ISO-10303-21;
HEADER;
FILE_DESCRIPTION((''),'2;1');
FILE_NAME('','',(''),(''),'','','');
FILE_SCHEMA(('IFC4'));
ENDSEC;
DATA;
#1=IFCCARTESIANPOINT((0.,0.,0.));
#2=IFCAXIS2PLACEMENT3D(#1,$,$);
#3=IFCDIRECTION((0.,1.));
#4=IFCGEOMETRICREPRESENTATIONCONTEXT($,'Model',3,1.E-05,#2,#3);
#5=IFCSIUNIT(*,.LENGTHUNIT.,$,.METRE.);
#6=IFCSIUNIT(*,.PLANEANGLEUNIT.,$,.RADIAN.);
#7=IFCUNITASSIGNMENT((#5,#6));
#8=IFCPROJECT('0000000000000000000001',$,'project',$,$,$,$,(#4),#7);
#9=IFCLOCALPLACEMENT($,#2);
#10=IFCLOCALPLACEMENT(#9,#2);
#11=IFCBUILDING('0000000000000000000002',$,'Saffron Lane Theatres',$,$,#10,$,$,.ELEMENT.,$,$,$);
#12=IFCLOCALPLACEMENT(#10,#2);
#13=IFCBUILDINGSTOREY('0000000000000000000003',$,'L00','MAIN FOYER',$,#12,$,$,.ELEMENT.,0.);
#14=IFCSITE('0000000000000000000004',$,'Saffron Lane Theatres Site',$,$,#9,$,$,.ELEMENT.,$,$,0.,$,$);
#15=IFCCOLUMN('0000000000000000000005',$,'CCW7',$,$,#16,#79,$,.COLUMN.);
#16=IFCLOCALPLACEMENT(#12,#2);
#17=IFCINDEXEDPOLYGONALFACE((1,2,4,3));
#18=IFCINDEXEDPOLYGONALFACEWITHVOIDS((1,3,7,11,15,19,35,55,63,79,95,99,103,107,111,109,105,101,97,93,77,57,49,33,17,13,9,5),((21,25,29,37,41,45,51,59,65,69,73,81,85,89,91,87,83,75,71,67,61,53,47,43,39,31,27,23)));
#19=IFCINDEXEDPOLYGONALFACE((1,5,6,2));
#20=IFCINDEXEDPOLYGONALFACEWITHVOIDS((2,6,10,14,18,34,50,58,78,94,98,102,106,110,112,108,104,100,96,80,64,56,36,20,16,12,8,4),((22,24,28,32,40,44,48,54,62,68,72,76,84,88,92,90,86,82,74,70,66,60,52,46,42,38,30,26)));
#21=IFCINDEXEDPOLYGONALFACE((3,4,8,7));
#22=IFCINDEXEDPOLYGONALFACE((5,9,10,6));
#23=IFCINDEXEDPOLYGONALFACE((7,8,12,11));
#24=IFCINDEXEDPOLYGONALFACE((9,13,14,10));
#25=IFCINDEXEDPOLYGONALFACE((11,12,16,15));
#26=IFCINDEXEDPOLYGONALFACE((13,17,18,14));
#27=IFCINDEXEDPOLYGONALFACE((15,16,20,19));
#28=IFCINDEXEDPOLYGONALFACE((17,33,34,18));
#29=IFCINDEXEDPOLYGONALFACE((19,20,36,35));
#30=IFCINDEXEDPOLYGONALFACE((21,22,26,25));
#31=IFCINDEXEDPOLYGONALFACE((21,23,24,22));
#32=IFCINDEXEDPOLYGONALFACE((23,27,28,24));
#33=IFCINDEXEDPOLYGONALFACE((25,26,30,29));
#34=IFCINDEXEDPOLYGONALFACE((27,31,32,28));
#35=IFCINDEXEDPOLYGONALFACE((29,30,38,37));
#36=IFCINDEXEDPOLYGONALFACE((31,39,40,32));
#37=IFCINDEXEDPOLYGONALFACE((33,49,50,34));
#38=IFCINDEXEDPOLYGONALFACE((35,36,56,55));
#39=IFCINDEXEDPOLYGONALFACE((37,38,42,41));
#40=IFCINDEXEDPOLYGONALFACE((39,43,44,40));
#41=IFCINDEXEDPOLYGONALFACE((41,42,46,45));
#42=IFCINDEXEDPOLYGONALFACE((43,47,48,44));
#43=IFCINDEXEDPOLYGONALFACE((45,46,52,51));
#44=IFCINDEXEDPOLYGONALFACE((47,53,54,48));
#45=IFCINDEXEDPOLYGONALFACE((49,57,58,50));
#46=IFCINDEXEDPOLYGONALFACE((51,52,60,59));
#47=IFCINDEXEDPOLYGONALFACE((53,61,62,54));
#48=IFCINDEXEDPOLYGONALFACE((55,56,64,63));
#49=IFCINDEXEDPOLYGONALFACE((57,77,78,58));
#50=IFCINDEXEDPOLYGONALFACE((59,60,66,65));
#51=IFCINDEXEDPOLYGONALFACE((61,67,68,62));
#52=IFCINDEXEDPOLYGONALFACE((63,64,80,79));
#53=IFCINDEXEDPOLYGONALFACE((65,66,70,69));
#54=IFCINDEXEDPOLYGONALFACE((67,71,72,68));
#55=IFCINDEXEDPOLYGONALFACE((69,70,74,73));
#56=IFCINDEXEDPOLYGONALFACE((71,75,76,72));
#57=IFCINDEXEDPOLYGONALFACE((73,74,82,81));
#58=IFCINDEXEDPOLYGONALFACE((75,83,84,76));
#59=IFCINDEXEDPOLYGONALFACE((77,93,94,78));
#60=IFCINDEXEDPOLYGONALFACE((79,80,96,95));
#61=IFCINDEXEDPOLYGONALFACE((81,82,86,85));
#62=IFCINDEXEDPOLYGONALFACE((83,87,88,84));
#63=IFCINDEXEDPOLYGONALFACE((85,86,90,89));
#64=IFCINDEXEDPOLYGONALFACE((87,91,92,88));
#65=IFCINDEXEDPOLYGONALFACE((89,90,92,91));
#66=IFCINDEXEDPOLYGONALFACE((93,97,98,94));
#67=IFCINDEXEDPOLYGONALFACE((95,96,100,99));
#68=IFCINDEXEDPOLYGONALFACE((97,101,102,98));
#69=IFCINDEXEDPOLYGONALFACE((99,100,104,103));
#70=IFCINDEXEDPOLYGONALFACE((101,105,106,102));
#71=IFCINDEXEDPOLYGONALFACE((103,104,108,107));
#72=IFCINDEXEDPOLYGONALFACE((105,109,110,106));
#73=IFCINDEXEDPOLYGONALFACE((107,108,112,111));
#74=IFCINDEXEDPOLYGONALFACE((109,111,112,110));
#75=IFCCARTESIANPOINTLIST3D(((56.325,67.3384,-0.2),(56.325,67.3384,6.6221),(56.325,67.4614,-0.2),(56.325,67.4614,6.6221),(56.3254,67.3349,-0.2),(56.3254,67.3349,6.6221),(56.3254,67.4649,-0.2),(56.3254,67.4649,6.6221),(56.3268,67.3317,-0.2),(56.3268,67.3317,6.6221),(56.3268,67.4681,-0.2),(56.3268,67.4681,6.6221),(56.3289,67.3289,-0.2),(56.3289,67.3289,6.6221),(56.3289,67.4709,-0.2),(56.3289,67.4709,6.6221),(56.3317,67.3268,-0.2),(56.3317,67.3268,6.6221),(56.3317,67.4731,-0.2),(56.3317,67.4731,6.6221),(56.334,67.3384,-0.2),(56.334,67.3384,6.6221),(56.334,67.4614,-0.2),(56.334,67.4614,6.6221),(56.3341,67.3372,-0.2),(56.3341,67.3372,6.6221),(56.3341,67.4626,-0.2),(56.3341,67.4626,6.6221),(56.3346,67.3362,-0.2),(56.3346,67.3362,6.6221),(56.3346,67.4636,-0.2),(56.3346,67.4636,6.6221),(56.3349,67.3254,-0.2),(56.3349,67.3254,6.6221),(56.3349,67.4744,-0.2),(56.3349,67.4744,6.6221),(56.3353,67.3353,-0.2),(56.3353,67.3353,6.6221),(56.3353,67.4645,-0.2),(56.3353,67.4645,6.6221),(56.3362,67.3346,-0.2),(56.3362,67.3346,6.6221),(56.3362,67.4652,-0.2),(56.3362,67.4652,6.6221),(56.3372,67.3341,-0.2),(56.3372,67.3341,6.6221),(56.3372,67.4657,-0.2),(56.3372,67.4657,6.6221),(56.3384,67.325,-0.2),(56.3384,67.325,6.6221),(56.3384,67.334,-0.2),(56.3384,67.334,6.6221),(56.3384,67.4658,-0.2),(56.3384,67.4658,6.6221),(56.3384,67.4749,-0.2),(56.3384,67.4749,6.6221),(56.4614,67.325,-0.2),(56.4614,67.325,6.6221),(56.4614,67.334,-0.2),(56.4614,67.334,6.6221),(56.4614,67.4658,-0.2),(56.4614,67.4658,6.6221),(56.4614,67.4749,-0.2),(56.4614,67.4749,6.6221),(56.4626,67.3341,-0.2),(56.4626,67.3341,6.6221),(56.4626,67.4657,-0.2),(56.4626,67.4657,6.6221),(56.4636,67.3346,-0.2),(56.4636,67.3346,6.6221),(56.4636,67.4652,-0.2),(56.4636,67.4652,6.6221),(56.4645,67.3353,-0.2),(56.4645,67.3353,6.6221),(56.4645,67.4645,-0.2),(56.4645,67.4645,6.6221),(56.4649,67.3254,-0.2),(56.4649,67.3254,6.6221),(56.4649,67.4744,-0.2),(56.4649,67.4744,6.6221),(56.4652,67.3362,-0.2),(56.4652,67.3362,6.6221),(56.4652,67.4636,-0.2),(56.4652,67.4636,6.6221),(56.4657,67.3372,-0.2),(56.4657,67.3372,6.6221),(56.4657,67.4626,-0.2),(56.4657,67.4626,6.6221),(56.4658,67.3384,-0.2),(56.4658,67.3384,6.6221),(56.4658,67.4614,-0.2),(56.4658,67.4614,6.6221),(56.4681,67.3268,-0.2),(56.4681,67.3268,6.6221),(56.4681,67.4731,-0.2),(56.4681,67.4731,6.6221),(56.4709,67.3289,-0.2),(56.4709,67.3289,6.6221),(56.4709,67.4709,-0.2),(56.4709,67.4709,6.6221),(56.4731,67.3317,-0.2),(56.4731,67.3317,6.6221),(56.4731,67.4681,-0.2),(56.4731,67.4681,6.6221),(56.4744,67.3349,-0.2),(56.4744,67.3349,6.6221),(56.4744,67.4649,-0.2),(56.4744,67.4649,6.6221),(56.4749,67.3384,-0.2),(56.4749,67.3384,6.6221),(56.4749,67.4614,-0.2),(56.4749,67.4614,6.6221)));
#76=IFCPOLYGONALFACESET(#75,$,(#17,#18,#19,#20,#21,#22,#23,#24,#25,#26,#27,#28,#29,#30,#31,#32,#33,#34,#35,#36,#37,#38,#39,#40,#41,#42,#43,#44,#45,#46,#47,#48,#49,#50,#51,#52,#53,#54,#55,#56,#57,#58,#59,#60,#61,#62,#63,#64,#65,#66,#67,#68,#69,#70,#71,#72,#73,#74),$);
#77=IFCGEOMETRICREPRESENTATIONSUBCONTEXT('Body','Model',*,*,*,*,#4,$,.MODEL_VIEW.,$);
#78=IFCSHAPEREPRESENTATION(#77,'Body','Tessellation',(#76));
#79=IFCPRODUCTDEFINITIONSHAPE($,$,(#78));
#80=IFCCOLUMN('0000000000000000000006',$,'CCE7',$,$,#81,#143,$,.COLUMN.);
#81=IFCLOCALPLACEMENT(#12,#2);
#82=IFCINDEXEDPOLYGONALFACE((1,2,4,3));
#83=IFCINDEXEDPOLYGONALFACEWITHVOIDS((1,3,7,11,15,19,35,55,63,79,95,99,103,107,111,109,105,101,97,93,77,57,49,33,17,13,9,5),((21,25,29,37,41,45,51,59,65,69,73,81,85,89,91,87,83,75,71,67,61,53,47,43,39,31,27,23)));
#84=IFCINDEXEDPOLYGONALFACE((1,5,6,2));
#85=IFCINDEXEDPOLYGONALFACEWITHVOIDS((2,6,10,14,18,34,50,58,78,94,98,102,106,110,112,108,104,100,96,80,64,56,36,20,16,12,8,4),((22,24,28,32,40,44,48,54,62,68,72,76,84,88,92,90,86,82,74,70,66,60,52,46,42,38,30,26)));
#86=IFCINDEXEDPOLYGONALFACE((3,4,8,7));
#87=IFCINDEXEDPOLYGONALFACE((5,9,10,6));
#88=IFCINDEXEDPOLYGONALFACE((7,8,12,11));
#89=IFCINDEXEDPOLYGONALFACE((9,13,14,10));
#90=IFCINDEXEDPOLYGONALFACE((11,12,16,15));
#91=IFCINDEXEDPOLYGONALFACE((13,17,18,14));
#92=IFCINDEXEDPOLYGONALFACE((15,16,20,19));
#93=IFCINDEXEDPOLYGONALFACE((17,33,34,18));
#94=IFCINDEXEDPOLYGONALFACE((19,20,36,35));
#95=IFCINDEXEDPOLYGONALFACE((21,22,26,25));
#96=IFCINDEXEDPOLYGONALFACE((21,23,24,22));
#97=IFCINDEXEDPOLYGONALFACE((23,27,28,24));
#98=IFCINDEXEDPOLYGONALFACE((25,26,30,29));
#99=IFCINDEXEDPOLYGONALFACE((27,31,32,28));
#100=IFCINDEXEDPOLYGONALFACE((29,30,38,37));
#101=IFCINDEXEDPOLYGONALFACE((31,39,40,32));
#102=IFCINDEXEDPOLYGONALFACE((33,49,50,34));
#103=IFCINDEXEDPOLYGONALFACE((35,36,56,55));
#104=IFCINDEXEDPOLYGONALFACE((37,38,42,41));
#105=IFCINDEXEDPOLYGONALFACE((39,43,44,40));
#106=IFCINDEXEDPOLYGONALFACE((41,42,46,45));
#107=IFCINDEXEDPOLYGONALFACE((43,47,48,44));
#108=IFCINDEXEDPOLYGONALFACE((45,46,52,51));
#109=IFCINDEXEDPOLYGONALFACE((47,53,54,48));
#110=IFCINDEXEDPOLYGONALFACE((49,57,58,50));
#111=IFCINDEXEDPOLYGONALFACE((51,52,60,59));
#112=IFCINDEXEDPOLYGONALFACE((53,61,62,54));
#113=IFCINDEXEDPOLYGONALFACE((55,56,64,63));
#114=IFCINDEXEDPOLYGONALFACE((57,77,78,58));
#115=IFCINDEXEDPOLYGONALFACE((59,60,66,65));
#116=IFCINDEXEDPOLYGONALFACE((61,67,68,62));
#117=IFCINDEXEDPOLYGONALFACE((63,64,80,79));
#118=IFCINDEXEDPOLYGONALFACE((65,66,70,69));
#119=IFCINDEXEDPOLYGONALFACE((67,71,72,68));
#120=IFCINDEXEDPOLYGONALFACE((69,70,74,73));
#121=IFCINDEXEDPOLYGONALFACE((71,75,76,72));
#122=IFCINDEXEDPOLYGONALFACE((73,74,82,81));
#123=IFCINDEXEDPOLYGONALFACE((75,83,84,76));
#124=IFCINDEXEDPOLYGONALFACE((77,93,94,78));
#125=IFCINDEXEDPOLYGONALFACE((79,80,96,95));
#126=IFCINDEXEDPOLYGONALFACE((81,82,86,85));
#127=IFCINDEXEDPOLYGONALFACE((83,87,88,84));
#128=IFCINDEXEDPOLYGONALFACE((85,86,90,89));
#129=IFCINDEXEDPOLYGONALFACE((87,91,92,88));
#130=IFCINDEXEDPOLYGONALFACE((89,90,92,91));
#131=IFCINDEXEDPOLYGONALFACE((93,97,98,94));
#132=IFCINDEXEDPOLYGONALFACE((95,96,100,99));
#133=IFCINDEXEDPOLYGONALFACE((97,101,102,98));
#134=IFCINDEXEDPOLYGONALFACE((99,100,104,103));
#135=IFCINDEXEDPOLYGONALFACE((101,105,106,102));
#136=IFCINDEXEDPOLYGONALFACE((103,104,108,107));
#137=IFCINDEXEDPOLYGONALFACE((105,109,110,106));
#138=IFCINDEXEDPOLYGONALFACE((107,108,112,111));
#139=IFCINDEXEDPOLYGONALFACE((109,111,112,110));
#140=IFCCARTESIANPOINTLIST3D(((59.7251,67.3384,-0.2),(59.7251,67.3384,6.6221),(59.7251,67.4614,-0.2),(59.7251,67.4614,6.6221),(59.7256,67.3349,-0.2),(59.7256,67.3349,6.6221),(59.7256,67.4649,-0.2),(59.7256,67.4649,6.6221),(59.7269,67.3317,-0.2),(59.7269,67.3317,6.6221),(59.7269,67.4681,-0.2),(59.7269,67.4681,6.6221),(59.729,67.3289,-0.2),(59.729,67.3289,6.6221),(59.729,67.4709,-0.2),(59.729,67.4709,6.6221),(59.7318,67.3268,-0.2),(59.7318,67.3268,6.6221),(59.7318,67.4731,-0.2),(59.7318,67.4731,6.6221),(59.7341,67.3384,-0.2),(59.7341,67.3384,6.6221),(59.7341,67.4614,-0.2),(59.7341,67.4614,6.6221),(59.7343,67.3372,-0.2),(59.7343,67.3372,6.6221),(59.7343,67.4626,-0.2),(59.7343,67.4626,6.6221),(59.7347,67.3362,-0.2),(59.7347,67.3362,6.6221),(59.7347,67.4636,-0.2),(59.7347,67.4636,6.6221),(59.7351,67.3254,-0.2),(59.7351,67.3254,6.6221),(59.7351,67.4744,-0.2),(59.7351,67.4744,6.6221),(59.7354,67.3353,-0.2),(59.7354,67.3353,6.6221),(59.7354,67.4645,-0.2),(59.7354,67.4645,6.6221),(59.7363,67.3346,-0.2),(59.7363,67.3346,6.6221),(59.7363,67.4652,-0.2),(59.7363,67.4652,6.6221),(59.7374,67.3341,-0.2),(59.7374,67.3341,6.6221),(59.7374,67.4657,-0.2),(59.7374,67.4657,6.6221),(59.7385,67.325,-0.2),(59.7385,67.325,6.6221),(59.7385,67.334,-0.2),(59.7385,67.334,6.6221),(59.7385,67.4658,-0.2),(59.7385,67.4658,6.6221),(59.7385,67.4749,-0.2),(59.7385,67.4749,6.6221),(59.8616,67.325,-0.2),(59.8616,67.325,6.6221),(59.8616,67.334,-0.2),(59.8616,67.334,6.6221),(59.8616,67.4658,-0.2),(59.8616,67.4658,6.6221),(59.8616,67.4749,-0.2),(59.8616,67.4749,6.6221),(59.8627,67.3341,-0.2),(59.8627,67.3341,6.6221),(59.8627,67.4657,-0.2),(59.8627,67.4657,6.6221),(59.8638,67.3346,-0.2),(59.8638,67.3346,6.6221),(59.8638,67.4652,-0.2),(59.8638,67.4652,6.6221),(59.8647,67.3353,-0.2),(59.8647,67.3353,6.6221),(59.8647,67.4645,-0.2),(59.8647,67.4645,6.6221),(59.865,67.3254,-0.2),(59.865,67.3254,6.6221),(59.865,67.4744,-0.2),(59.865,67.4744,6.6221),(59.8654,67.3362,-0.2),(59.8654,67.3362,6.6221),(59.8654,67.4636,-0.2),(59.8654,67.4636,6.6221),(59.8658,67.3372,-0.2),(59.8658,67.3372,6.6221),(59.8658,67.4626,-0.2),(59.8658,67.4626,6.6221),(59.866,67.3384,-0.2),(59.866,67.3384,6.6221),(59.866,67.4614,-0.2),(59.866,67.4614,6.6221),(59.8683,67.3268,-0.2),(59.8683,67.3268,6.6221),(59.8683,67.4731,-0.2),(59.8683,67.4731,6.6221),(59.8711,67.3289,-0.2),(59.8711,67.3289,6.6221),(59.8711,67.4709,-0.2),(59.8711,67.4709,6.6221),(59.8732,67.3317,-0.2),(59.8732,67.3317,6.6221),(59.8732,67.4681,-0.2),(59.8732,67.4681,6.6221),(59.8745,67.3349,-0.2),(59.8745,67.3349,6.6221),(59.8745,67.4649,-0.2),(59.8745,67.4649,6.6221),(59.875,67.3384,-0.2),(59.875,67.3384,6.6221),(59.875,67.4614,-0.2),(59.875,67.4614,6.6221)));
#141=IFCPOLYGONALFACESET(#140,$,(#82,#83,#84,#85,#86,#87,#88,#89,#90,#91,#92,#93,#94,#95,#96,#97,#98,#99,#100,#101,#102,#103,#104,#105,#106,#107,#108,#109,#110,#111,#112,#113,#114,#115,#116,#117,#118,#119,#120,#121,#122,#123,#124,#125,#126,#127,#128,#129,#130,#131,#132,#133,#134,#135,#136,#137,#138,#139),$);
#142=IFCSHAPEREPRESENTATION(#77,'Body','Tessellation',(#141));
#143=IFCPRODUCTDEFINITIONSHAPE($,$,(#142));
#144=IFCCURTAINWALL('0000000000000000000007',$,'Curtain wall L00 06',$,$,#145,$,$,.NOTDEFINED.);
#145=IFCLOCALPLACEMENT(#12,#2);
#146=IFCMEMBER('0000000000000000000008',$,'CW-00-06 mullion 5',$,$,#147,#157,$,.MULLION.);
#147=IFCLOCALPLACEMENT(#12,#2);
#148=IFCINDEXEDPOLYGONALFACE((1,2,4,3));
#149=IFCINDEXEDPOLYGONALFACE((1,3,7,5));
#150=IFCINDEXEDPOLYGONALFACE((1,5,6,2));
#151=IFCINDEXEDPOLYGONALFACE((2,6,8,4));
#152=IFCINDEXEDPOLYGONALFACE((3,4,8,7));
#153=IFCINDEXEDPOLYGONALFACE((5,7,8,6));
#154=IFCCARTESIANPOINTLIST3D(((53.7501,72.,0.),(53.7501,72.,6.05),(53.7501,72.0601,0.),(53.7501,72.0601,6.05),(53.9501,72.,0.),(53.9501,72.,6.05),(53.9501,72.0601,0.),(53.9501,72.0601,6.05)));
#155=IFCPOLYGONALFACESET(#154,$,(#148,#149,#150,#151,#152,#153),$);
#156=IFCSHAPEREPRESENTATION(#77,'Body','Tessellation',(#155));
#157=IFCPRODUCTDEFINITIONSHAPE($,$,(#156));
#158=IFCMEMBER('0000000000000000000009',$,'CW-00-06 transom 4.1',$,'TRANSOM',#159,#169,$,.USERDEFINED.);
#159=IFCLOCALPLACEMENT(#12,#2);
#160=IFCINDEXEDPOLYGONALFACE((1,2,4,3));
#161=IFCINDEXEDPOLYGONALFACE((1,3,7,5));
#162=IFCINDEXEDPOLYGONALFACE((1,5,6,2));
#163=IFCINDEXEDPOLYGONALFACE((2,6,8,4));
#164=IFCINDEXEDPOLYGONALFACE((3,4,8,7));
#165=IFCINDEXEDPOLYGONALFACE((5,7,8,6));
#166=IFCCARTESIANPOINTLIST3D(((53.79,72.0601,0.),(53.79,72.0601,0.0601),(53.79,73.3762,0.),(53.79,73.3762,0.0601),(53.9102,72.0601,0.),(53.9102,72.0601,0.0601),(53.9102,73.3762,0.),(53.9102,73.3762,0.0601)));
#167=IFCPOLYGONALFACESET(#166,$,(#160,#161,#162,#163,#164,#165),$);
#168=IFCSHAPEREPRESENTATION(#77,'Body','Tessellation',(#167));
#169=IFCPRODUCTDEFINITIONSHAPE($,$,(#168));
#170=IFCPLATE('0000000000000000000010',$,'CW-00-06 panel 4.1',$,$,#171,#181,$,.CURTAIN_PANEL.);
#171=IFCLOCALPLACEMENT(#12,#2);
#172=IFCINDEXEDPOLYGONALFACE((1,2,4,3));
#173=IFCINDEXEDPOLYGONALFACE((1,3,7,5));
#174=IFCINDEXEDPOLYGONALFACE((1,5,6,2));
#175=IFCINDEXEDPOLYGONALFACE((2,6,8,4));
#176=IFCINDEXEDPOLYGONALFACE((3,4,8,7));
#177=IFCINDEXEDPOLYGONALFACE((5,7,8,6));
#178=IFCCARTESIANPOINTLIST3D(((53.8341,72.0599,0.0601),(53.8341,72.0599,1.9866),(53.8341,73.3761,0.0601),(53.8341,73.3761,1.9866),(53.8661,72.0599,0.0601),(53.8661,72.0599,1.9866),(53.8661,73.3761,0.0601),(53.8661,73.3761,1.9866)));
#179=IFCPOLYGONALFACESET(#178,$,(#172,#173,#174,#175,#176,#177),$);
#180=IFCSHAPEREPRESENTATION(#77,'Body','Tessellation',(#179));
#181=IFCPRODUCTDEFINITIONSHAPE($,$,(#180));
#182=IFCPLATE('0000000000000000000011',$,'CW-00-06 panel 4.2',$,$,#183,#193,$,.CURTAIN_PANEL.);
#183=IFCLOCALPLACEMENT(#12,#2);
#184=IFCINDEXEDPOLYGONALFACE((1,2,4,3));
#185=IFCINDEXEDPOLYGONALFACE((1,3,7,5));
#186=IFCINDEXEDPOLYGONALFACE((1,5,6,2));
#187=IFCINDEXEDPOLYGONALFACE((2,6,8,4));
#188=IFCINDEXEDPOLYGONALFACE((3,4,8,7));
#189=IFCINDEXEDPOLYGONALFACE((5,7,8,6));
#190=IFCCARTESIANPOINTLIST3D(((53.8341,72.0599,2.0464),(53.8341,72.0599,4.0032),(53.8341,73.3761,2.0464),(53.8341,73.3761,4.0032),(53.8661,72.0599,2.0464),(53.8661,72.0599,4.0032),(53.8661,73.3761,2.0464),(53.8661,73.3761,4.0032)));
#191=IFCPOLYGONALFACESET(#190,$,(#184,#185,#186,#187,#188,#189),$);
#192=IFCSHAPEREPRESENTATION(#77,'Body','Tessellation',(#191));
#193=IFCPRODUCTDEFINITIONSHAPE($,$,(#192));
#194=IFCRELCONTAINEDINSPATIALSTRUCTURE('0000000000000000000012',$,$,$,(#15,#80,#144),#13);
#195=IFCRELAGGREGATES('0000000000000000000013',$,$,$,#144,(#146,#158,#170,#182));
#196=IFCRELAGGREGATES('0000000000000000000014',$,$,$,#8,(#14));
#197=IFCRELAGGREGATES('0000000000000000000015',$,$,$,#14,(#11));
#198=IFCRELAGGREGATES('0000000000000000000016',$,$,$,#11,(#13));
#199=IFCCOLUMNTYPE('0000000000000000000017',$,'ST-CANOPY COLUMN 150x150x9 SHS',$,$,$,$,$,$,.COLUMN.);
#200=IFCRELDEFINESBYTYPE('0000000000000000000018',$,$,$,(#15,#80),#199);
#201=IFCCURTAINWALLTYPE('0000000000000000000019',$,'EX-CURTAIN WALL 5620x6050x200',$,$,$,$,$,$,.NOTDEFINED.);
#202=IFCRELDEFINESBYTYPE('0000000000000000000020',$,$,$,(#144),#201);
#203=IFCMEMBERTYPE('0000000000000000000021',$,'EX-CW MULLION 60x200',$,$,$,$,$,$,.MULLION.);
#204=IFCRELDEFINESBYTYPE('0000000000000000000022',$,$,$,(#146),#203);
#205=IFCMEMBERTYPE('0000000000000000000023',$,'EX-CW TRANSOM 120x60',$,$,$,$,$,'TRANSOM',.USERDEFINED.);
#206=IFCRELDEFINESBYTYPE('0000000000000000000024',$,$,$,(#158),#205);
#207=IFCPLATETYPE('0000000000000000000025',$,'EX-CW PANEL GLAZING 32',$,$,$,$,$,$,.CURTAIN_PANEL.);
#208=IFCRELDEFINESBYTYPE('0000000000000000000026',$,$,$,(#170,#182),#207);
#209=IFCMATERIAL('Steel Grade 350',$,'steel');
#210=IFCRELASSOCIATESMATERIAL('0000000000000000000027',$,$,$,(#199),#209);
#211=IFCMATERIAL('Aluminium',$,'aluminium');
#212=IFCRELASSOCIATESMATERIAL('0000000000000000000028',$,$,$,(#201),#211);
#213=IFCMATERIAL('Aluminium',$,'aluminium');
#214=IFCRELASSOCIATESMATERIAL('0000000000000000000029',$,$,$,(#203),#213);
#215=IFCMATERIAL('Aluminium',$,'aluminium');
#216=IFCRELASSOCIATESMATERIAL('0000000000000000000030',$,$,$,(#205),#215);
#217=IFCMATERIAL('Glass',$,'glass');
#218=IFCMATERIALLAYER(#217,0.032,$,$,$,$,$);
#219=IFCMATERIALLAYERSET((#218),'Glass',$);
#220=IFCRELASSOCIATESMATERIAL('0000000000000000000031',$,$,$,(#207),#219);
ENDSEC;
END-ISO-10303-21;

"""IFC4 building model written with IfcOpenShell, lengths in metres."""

from ifc_helpers import new_model, si_unit, direction, frame, origin, origin_2d, place, context, subcontext, project, spatial, rectangle, hollow_rectangle, extrude, material, layer, layer_set, material_profile, profile_set, type_object, element, aggregate, save


model = new_model("IFC4")

# Units and contexts
model_context = context("Model", 3, precision=1e-05, world=origin(), true_north=direction((0.0, 1.0)))
body_context = subcontext(model_context, "Body", "Model", "MODEL_VIEW")
ifc_project = project(units=[si_unit("LENGTHUNIT", "METRE"), si_unit("PLANEANGLEUNIT", "RADIAN")], contexts=[model_context])

# Site, building, storey
site_placement = place(None, origin())
site = spatial("IfcSite", under=ifc_project, at=site_placement, Name="Saffron Lane Theatres Site", CompositionType="ELEMENT", RefElevation=0.0)
building_placement = place(site_placement, origin())
building = spatial("IfcBuilding", under=site, at=building_placement, Name="Saffron Lane Theatres", CompositionType="ELEMENT")
storey_placement = place(building_placement, origin())
storey = spatial("IfcBuildingStorey", under=building, at=storey_placement, Name="L00", Description="MAIN FOYER", CompositionType="ELEMENT", Elevation=0.0)

# Columns
ifc_material_1 = material(Name="Steel Grade 350", Category="steel")
ifc_material_profile_1 = material_profile(ifc_material_1, hollow_rectangle(XDim=0.1499, YDim=0.1499, WallThickness=0.009, InnerFilletRadius=0.0044, OuterFilletRadius=0.0134, at=origin_2d()))
ifc_profile_set_1 = profile_set([ifc_material_profile_1], Name="Steel Grade 350")
column_type = type_object("IfcColumnType", Name="ST-CANOPY COLUMN 150x150x9 SHS", PredefinedType="COLUMN", material=ifc_profile_set_1)
for number, where, z_axis, x_axis, name in (
    (1, (56.3999, 67.3999, -0.2), (0.0, 0.0, 1.0), (1.0, 0.0, 0.0), "CCW7"),
    (2, (59.8, 67.3999, -0.2), (0.0, 0.0, 1.0), (1.0, 0.0, 0.0), "CCE7"),
):
    element("IfcColumn", number, at=place(storey_placement, frame(where, z_axis=z_axis, x_axis=x_axis)), inside=storey, type_object=column_type, Name=name, PredefinedType="COLUMN", context=body_context, shape_type="SweptSolid", body=[
        extrude(hollow_rectangle(XDim=0.1499, YDim=0.1499, WallThickness=0.009, InnerFilletRadius=0.0044, OuterFilletRadius=0.0134, at=origin_2d()), origin(), (0.0, 0.0, 1.0), 6.822),
    ])

# Curtain wall, members, plates
ifc_material_2 = material(Name="Aluminium", Category="aluminium")
curtain_wall_type = type_object("IfcCurtainWallType", Name="EX-CURTAIN WALL 5620x6050x200", PredefinedType="NOTDEFINED", material=ifc_material_2)
curtain_wall_placement = place(storey_placement, origin())
curtain_wall = element("IfcCurtainWall", 3, at=curtain_wall_placement, inside=storey, type_object=curtain_wall_type, Name="Curtain wall L00 06", PredefinedType="NOTDEFINED")
ifc_material_3 = material(Name="Aluminium", Category="aluminium")
ifc_material_profile_2 = material_profile(ifc_material_3, rectangle(XDim=0.0601, YDim=0.2, at=origin_2d()))
ifc_profile_set_2 = profile_set([ifc_material_profile_2], Name="Aluminium")
member_type_1 = type_object("IfcMemberType", Name="EX-CW MULLION 60x200", PredefinedType="MULLION", material=ifc_profile_set_2)
member_1_placement = place(storey_placement, frame((53.8501, 72.03, 0.0), z_axis=(0.0, 0.0, 1.0), x_axis=(0.0, -1.0, 0.0)))
member_1 = element("IfcMember", 4, at=member_1_placement, type_object=member_type_1, Name="CW-00-06 mullion 5", PredefinedType="MULLION", context=body_context, shape_type="SweptSolid", body=[
    extrude(rectangle(XDim=0.0601, YDim=0.2, at=origin_2d()), origin(), (0.0, 0.0, 1.0), 6.05),
])
ifc_material_4 = material(Name="Aluminium", Category="aluminium")
ifc_material_profile_3 = material_profile(ifc_material_4, rectangle(XDim=0.1201, YDim=0.0601, at=origin_2d()))
ifc_profile_set_3 = profile_set([ifc_material_profile_3], Name="Aluminium")
member_type_2 = type_object("IfcMemberType", Name="EX-CW TRANSOM 120x60", ElementType="TRANSOM", PredefinedType="USERDEFINED", material=ifc_profile_set_3)
member_2_placement = place(storey_placement, frame((53.8501, 73.3762, 0.03), z_axis=(0.0, -1.0, 0.0), x_axis=(1.0, 0.0, 0.0)))
member_2 = element("IfcMember", 5, at=member_2_placement, type_object=member_type_2, Name="CW-00-06 transom 4.1", ObjectType="TRANSOM", PredefinedType="USERDEFINED", context=body_context, shape_type="SweptSolid", body=[
    extrude(rectangle(XDim=0.1201, YDim=0.0601, at=origin_2d()), origin(), (0.0, 0.0, 1.0), 1.3162),
])
ifc_material_5 = material(Name="Glass", Category="glass")
ifc_layer_1 = layer(ifc_material_5, 0.032)
ifc_layer_set_1 = layer_set([ifc_layer_1], Name="Glass")
plate_type = type_object("IfcPlateType", Name="EX-CW PANEL GLAZING 32", PredefinedType="CURTAIN_PANEL", material=ifc_layer_set_1)
plate_1_placement = place(storey_placement, frame((53.8501, 72.718, 0.0601), z_axis=(0.0, 0.0, 1.0), x_axis=(0.0, -1.0, 0.0)))
plate_1 = element("IfcPlate", 6, at=plate_1_placement, type_object=plate_type, Name="CW-00-06 panel 4.1", PredefinedType="CURTAIN_PANEL", context=body_context, shape_type="SweptSolid", body=[
    extrude(rectangle(XDim=1.3162, YDim=0.032, at=origin_2d()), origin(), (0.0, 0.0, 1.0), 1.9265),
])
plate_2_placement = place(storey_placement, frame((53.8501, 72.718, 2.0464), z_axis=(0.0, 0.0, 1.0), x_axis=(0.0, -1.0, 0.0)))
plate_2 = element("IfcPlate", 7, at=plate_2_placement, type_object=plate_type, Name="CW-00-06 panel 4.2", PredefinedType="CURTAIN_PANEL", context=body_context, shape_type="SweptSolid", body=[
    extrude(rectangle(XDim=1.3162, YDim=0.032, at=origin_2d()), origin(), (0.0, 0.0, 1.0), 1.9568),
])
aggregate(curtain_wall, [member_1, member_2, plate_1, plate_2])

save(model, "model.ifc")
